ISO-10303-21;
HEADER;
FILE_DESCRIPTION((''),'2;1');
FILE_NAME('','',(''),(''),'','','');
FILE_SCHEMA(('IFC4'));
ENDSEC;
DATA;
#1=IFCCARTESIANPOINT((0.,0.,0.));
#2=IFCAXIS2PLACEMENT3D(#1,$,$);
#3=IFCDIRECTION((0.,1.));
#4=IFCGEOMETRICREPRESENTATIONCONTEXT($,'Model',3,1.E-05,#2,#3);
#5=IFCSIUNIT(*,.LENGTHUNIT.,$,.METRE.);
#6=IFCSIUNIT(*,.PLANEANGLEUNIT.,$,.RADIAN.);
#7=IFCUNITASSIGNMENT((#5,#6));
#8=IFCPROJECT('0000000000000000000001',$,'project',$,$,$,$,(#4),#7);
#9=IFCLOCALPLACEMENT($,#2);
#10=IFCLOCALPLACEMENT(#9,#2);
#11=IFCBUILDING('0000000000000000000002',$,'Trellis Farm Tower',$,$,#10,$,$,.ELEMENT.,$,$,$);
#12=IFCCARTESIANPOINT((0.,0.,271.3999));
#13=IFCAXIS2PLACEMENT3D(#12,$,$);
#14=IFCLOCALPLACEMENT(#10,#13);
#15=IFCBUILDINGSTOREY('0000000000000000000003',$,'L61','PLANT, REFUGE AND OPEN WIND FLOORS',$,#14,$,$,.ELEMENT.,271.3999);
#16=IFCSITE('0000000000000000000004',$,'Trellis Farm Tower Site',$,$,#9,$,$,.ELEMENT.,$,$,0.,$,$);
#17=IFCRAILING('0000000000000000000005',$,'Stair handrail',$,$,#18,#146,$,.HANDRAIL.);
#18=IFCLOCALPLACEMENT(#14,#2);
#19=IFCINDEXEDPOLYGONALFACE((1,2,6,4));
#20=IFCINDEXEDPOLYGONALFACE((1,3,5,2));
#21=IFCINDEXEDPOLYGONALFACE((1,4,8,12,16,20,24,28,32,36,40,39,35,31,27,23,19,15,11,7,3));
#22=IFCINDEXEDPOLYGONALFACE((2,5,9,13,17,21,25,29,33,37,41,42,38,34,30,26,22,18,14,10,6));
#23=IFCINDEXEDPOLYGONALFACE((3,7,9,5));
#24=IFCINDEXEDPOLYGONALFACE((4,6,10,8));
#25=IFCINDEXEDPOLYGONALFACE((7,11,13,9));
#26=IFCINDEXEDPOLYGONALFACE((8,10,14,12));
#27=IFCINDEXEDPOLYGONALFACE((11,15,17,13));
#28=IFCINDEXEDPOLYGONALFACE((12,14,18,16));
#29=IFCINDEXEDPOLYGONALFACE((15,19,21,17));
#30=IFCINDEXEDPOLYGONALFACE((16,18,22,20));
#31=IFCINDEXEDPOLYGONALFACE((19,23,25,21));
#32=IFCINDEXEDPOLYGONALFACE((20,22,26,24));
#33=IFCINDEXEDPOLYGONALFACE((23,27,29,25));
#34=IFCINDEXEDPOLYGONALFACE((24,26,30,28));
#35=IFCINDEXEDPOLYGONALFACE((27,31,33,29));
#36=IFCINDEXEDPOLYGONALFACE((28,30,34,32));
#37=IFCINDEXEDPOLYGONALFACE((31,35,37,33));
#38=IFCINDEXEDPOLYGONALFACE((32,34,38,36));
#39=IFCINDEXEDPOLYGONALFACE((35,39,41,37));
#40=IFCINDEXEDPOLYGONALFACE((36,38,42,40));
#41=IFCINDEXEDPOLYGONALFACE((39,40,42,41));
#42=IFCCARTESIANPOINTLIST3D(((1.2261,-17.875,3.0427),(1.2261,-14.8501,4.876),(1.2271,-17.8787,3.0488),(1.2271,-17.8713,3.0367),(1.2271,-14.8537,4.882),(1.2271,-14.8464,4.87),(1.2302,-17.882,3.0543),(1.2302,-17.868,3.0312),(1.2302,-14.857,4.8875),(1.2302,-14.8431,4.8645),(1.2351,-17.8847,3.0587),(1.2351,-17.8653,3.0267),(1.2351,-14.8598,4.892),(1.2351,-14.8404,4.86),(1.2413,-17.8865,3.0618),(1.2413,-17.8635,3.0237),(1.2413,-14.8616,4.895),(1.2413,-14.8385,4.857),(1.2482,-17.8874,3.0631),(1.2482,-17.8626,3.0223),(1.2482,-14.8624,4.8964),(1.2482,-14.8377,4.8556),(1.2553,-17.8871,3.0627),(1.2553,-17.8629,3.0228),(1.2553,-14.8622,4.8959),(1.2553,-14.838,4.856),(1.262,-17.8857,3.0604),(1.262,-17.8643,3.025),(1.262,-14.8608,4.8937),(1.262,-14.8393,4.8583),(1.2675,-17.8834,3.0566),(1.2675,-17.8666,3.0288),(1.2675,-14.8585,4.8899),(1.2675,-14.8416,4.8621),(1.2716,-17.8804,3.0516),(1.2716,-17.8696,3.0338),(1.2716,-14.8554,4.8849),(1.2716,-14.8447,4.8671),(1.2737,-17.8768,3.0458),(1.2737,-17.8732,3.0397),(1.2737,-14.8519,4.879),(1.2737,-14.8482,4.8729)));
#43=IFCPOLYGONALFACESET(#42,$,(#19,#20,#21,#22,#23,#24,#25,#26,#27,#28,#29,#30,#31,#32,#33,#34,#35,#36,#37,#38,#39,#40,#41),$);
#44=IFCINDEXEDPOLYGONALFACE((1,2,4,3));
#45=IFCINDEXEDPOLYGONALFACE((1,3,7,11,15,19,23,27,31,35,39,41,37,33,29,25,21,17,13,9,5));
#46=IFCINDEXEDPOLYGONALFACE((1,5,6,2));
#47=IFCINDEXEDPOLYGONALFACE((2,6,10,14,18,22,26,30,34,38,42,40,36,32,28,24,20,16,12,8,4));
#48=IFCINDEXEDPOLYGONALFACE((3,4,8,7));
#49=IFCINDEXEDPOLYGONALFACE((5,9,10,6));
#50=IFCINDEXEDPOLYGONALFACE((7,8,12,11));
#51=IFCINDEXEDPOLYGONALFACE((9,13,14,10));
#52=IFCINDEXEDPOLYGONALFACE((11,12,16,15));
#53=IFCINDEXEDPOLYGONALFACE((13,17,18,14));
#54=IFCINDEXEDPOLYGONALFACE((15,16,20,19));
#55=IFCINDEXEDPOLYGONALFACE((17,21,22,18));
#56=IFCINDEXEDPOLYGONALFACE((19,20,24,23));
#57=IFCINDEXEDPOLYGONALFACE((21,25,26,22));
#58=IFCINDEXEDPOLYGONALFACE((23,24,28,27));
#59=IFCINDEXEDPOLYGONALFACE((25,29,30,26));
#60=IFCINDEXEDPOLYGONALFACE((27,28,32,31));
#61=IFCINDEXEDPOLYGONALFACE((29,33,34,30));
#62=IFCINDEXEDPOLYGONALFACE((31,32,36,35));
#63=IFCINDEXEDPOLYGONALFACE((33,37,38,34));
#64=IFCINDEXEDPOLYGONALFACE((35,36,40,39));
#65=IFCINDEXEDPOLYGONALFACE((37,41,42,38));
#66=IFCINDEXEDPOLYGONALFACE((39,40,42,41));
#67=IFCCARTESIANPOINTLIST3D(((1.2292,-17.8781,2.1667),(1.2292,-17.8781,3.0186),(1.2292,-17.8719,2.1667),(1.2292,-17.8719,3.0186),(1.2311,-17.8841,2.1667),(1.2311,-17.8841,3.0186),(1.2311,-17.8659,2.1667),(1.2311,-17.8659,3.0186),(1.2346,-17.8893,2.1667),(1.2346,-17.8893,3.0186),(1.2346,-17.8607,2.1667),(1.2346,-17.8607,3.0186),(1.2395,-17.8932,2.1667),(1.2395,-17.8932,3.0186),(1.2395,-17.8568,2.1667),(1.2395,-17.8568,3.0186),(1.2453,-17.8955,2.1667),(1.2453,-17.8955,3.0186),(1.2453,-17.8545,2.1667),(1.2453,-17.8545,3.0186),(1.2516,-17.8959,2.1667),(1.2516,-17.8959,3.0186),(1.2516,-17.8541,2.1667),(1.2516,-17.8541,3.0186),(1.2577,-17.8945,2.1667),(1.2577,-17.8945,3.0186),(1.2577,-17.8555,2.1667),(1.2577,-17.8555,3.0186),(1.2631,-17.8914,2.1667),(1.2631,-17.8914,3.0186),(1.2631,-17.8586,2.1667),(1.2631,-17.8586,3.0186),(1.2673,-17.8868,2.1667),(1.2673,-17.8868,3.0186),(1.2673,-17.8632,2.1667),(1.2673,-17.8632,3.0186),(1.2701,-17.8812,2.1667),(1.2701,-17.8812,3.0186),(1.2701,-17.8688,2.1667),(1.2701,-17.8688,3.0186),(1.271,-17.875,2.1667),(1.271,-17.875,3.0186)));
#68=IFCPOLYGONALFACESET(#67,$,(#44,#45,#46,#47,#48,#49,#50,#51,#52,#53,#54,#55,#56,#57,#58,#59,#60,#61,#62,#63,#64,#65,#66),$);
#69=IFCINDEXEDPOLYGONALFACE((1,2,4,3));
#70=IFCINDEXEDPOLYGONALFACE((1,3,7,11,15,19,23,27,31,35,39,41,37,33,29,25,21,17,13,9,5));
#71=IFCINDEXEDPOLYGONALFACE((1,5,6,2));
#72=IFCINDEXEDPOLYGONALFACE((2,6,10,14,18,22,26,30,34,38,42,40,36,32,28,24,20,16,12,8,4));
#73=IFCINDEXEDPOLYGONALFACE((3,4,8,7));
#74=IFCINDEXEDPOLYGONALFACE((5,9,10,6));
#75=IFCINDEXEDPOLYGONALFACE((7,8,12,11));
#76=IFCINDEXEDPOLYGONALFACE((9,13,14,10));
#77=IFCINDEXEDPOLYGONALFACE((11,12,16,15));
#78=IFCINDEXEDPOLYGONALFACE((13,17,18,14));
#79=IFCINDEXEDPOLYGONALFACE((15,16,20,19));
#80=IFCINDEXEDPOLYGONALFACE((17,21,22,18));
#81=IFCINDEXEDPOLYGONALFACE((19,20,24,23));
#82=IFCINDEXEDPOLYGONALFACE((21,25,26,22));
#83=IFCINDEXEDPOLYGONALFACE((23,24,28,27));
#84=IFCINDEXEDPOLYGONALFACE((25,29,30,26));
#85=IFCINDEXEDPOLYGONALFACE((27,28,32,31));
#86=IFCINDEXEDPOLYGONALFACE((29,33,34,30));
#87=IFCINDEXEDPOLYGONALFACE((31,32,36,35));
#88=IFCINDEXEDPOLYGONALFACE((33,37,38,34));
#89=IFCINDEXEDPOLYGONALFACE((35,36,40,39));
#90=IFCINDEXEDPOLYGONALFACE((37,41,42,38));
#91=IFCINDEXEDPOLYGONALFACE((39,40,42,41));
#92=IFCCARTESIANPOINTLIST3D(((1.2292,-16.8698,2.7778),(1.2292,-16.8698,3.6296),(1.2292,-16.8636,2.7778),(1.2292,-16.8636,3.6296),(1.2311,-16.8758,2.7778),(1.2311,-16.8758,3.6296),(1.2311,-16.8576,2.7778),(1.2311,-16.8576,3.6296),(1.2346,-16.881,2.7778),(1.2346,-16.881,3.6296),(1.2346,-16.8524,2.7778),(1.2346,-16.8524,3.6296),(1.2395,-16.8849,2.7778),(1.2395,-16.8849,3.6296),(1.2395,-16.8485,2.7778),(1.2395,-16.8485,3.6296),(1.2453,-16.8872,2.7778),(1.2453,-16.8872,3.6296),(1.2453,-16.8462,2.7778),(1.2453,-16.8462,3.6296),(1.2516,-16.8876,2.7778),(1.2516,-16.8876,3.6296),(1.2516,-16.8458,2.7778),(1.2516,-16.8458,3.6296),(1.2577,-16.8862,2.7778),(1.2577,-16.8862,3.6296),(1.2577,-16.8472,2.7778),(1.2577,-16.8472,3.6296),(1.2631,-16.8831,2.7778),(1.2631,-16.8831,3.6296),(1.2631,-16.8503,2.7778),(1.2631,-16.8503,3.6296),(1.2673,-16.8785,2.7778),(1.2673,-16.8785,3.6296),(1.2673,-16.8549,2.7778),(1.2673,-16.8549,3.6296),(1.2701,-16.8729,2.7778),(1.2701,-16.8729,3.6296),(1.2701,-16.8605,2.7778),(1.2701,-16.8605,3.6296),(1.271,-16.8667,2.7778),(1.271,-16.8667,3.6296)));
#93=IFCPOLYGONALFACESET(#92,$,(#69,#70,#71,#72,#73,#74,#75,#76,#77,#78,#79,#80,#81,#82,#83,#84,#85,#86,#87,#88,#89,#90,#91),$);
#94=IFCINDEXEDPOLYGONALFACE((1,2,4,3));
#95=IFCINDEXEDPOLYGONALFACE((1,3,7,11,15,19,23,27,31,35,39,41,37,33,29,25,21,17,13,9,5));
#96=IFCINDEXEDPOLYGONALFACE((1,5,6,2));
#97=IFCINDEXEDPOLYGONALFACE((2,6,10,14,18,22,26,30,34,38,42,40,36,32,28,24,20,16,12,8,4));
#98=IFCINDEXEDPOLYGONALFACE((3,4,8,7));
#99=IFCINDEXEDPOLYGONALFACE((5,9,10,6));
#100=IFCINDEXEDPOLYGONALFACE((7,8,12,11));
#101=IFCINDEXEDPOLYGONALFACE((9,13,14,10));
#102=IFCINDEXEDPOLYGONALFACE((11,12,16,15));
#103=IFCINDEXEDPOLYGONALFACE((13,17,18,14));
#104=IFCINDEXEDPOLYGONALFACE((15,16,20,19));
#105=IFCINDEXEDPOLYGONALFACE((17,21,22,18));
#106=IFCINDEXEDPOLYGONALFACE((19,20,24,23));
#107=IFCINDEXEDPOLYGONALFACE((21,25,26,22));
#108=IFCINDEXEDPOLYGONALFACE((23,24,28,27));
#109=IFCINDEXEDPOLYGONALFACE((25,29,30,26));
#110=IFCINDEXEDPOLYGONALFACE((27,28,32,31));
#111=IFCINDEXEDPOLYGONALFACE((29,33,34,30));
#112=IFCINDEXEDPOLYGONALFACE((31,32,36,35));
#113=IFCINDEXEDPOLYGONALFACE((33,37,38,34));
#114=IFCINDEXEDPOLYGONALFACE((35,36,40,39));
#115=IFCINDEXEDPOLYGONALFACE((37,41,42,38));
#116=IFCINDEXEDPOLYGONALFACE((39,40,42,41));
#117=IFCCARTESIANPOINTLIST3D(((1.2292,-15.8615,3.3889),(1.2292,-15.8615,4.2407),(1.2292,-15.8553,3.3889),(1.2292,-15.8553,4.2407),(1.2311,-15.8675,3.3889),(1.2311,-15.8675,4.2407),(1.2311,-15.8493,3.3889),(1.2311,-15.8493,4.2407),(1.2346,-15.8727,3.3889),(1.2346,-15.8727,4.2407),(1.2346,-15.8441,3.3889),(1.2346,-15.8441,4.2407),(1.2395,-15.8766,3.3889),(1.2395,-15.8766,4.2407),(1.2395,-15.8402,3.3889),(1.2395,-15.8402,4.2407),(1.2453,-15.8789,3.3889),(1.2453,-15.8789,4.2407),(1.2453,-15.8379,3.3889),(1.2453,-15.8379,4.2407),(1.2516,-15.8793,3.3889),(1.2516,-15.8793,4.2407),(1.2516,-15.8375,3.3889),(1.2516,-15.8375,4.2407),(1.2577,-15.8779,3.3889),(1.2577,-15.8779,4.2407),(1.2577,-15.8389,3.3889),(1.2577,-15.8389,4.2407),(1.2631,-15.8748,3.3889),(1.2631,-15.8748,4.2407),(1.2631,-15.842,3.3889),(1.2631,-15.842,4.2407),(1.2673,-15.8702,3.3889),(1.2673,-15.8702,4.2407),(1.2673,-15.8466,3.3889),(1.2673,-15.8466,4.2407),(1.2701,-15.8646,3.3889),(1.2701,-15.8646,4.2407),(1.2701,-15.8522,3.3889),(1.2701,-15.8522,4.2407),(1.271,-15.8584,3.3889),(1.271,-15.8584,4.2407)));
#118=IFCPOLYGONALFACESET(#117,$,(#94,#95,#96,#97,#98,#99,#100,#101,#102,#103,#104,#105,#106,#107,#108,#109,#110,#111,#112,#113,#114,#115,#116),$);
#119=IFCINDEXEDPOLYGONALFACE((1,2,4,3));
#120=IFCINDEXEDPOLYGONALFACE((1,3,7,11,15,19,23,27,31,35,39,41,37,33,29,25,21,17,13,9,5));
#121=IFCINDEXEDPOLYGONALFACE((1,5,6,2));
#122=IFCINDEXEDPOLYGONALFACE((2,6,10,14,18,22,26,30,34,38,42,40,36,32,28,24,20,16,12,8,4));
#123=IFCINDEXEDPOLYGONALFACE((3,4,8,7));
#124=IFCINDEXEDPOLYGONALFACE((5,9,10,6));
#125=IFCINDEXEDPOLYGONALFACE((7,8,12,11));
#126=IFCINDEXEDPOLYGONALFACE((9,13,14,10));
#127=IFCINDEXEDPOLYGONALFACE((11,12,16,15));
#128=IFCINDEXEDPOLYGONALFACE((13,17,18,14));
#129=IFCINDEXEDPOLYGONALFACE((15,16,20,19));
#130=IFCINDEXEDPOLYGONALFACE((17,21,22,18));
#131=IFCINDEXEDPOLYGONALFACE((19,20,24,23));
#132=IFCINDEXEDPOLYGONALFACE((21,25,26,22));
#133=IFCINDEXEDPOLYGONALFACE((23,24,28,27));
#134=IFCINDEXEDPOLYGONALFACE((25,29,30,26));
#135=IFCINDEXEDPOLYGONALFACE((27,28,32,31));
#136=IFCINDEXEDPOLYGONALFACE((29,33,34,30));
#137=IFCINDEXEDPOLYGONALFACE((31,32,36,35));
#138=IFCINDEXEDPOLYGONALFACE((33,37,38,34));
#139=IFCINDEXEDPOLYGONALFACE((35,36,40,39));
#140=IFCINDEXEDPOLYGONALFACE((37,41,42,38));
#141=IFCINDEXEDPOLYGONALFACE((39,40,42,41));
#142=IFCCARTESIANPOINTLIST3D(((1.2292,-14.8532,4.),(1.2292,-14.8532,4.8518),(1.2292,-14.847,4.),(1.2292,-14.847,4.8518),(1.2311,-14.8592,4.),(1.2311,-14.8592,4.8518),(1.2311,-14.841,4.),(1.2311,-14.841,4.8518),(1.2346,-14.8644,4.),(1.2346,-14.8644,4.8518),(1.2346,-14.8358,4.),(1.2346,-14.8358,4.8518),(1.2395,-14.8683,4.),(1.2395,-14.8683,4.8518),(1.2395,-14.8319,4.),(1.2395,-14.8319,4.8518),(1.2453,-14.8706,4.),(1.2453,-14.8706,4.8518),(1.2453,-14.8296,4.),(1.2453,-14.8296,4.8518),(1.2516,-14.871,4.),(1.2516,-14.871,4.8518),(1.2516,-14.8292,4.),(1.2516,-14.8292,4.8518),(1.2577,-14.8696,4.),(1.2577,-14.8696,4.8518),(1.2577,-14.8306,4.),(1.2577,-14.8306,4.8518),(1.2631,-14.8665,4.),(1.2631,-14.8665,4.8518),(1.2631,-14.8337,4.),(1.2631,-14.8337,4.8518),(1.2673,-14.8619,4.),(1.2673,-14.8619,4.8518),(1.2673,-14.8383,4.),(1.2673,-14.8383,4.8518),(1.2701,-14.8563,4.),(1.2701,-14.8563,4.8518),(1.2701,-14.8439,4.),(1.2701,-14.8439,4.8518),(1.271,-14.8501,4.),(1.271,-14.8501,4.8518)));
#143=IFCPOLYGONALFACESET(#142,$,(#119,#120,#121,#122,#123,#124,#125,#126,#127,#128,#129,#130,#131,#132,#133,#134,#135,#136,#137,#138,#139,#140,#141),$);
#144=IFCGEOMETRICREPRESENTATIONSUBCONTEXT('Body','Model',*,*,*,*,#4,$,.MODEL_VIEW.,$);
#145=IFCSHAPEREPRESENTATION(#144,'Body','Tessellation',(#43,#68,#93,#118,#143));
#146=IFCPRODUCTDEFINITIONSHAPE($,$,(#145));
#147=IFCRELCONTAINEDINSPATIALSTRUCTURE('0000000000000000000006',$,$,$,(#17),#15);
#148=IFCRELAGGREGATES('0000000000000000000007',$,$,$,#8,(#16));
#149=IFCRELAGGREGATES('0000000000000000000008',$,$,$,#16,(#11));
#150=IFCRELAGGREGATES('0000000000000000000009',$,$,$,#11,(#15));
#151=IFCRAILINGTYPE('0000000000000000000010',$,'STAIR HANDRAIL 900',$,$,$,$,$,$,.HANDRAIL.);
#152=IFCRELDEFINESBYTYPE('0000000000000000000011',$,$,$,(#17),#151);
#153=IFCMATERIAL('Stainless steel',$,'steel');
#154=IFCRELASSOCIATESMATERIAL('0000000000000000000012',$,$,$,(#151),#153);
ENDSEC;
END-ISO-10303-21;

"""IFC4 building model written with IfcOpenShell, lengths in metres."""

from ifc_helpers import new_model, si_unit, direction, frame, origin, origin_2d, place, context, subcontext, project, spatial, circle, extrude, source, transform, mapped, material, type_object, element, save


model = new_model("IFC4")

# Units and contexts
model_context = context("Model", 3, precision=1e-05, world=origin(), true_north=direction((0.0, 1.0)))
body_context = subcontext(model_context, "Body", "Model", "MODEL_VIEW")
ifc_project = project(units=[si_unit("LENGTHUNIT", "METRE"), si_unit("PLANEANGLEUNIT", "RADIAN")], contexts=[model_context])

# Site, building, storey
site_placement = place(None, origin())
site = spatial("IfcSite", under=ifc_project, at=site_placement, Name="Trellis Farm Tower Site", CompositionType="ELEMENT", RefElevation=0.0)
building_placement = place(site_placement, origin())
building = spatial("IfcBuilding", under=site, at=building_placement, Name="Trellis Farm Tower", CompositionType="ELEMENT")
storey_placement = place(building_placement, frame((0.0, 0.0, 271.3999)))
storey = spatial("IfcBuildingStorey", under=building, at=storey_placement, Name="L61", Description="PLANT, REFUGE AND OPEN WIND FLOORS", CompositionType="ELEMENT", Elevation=271.3999)

# Railing
ifc_material_1 = material(Name="Stainless steel", Category="steel")
railing_type_1 = type_object("IfcRailingType", Name="STAIR HANDRAIL 900", PredefinedType="HANDRAIL", material=ifc_material_1)
shared_shape_1 = source(origin(), body_context, "Body", "SweptSolid", [
    extrude(circle(Radius=0.0239, at=origin_2d()), frame((0.0, 0.0, 0.876), z_axis=(0.0, 0.855201, 0.518297), x_axis=(-1.0, 0.0, 0.0)), (0.0, 0.0, 1.0), 3.5371),
    extrude(circle(Radius=0.021, at=origin_2d()), origin(), (0.0, 0.0, 1.0), 0.8518),
    extrude(circle(Radius=0.021, at=origin_2d()), frame((0.0, 1.0083, 0.6111)), (0.0, 0.0, 1.0), 0.8518),
    extrude(circle(Radius=0.021, at=origin_2d()), frame((0.0, 2.0166, 1.2222)), (0.0, 0.0, 1.0), 0.8518),
    extrude(circle(Radius=0.021, at=origin_2d()), frame((0.0, 3.0249, 1.8333)), (0.0, 0.0, 1.0), 0.8518),
])
for number, where, name in (
    (1, (1.25, -17.875, 2.1667), "Stair handrail"),
):
    element("IfcRailing", number, at=place(storey_placement, frame(where)), inside=storey, type_object=railing_type_1, Name=name, PredefinedType="HANDRAIL", context=body_context, shape_type="MappedRepresentation", body=[
        mapped(shared_shape_1, transform((0.0, 0.0, 0.0))),
    ])

save(model, "model.ifc")
